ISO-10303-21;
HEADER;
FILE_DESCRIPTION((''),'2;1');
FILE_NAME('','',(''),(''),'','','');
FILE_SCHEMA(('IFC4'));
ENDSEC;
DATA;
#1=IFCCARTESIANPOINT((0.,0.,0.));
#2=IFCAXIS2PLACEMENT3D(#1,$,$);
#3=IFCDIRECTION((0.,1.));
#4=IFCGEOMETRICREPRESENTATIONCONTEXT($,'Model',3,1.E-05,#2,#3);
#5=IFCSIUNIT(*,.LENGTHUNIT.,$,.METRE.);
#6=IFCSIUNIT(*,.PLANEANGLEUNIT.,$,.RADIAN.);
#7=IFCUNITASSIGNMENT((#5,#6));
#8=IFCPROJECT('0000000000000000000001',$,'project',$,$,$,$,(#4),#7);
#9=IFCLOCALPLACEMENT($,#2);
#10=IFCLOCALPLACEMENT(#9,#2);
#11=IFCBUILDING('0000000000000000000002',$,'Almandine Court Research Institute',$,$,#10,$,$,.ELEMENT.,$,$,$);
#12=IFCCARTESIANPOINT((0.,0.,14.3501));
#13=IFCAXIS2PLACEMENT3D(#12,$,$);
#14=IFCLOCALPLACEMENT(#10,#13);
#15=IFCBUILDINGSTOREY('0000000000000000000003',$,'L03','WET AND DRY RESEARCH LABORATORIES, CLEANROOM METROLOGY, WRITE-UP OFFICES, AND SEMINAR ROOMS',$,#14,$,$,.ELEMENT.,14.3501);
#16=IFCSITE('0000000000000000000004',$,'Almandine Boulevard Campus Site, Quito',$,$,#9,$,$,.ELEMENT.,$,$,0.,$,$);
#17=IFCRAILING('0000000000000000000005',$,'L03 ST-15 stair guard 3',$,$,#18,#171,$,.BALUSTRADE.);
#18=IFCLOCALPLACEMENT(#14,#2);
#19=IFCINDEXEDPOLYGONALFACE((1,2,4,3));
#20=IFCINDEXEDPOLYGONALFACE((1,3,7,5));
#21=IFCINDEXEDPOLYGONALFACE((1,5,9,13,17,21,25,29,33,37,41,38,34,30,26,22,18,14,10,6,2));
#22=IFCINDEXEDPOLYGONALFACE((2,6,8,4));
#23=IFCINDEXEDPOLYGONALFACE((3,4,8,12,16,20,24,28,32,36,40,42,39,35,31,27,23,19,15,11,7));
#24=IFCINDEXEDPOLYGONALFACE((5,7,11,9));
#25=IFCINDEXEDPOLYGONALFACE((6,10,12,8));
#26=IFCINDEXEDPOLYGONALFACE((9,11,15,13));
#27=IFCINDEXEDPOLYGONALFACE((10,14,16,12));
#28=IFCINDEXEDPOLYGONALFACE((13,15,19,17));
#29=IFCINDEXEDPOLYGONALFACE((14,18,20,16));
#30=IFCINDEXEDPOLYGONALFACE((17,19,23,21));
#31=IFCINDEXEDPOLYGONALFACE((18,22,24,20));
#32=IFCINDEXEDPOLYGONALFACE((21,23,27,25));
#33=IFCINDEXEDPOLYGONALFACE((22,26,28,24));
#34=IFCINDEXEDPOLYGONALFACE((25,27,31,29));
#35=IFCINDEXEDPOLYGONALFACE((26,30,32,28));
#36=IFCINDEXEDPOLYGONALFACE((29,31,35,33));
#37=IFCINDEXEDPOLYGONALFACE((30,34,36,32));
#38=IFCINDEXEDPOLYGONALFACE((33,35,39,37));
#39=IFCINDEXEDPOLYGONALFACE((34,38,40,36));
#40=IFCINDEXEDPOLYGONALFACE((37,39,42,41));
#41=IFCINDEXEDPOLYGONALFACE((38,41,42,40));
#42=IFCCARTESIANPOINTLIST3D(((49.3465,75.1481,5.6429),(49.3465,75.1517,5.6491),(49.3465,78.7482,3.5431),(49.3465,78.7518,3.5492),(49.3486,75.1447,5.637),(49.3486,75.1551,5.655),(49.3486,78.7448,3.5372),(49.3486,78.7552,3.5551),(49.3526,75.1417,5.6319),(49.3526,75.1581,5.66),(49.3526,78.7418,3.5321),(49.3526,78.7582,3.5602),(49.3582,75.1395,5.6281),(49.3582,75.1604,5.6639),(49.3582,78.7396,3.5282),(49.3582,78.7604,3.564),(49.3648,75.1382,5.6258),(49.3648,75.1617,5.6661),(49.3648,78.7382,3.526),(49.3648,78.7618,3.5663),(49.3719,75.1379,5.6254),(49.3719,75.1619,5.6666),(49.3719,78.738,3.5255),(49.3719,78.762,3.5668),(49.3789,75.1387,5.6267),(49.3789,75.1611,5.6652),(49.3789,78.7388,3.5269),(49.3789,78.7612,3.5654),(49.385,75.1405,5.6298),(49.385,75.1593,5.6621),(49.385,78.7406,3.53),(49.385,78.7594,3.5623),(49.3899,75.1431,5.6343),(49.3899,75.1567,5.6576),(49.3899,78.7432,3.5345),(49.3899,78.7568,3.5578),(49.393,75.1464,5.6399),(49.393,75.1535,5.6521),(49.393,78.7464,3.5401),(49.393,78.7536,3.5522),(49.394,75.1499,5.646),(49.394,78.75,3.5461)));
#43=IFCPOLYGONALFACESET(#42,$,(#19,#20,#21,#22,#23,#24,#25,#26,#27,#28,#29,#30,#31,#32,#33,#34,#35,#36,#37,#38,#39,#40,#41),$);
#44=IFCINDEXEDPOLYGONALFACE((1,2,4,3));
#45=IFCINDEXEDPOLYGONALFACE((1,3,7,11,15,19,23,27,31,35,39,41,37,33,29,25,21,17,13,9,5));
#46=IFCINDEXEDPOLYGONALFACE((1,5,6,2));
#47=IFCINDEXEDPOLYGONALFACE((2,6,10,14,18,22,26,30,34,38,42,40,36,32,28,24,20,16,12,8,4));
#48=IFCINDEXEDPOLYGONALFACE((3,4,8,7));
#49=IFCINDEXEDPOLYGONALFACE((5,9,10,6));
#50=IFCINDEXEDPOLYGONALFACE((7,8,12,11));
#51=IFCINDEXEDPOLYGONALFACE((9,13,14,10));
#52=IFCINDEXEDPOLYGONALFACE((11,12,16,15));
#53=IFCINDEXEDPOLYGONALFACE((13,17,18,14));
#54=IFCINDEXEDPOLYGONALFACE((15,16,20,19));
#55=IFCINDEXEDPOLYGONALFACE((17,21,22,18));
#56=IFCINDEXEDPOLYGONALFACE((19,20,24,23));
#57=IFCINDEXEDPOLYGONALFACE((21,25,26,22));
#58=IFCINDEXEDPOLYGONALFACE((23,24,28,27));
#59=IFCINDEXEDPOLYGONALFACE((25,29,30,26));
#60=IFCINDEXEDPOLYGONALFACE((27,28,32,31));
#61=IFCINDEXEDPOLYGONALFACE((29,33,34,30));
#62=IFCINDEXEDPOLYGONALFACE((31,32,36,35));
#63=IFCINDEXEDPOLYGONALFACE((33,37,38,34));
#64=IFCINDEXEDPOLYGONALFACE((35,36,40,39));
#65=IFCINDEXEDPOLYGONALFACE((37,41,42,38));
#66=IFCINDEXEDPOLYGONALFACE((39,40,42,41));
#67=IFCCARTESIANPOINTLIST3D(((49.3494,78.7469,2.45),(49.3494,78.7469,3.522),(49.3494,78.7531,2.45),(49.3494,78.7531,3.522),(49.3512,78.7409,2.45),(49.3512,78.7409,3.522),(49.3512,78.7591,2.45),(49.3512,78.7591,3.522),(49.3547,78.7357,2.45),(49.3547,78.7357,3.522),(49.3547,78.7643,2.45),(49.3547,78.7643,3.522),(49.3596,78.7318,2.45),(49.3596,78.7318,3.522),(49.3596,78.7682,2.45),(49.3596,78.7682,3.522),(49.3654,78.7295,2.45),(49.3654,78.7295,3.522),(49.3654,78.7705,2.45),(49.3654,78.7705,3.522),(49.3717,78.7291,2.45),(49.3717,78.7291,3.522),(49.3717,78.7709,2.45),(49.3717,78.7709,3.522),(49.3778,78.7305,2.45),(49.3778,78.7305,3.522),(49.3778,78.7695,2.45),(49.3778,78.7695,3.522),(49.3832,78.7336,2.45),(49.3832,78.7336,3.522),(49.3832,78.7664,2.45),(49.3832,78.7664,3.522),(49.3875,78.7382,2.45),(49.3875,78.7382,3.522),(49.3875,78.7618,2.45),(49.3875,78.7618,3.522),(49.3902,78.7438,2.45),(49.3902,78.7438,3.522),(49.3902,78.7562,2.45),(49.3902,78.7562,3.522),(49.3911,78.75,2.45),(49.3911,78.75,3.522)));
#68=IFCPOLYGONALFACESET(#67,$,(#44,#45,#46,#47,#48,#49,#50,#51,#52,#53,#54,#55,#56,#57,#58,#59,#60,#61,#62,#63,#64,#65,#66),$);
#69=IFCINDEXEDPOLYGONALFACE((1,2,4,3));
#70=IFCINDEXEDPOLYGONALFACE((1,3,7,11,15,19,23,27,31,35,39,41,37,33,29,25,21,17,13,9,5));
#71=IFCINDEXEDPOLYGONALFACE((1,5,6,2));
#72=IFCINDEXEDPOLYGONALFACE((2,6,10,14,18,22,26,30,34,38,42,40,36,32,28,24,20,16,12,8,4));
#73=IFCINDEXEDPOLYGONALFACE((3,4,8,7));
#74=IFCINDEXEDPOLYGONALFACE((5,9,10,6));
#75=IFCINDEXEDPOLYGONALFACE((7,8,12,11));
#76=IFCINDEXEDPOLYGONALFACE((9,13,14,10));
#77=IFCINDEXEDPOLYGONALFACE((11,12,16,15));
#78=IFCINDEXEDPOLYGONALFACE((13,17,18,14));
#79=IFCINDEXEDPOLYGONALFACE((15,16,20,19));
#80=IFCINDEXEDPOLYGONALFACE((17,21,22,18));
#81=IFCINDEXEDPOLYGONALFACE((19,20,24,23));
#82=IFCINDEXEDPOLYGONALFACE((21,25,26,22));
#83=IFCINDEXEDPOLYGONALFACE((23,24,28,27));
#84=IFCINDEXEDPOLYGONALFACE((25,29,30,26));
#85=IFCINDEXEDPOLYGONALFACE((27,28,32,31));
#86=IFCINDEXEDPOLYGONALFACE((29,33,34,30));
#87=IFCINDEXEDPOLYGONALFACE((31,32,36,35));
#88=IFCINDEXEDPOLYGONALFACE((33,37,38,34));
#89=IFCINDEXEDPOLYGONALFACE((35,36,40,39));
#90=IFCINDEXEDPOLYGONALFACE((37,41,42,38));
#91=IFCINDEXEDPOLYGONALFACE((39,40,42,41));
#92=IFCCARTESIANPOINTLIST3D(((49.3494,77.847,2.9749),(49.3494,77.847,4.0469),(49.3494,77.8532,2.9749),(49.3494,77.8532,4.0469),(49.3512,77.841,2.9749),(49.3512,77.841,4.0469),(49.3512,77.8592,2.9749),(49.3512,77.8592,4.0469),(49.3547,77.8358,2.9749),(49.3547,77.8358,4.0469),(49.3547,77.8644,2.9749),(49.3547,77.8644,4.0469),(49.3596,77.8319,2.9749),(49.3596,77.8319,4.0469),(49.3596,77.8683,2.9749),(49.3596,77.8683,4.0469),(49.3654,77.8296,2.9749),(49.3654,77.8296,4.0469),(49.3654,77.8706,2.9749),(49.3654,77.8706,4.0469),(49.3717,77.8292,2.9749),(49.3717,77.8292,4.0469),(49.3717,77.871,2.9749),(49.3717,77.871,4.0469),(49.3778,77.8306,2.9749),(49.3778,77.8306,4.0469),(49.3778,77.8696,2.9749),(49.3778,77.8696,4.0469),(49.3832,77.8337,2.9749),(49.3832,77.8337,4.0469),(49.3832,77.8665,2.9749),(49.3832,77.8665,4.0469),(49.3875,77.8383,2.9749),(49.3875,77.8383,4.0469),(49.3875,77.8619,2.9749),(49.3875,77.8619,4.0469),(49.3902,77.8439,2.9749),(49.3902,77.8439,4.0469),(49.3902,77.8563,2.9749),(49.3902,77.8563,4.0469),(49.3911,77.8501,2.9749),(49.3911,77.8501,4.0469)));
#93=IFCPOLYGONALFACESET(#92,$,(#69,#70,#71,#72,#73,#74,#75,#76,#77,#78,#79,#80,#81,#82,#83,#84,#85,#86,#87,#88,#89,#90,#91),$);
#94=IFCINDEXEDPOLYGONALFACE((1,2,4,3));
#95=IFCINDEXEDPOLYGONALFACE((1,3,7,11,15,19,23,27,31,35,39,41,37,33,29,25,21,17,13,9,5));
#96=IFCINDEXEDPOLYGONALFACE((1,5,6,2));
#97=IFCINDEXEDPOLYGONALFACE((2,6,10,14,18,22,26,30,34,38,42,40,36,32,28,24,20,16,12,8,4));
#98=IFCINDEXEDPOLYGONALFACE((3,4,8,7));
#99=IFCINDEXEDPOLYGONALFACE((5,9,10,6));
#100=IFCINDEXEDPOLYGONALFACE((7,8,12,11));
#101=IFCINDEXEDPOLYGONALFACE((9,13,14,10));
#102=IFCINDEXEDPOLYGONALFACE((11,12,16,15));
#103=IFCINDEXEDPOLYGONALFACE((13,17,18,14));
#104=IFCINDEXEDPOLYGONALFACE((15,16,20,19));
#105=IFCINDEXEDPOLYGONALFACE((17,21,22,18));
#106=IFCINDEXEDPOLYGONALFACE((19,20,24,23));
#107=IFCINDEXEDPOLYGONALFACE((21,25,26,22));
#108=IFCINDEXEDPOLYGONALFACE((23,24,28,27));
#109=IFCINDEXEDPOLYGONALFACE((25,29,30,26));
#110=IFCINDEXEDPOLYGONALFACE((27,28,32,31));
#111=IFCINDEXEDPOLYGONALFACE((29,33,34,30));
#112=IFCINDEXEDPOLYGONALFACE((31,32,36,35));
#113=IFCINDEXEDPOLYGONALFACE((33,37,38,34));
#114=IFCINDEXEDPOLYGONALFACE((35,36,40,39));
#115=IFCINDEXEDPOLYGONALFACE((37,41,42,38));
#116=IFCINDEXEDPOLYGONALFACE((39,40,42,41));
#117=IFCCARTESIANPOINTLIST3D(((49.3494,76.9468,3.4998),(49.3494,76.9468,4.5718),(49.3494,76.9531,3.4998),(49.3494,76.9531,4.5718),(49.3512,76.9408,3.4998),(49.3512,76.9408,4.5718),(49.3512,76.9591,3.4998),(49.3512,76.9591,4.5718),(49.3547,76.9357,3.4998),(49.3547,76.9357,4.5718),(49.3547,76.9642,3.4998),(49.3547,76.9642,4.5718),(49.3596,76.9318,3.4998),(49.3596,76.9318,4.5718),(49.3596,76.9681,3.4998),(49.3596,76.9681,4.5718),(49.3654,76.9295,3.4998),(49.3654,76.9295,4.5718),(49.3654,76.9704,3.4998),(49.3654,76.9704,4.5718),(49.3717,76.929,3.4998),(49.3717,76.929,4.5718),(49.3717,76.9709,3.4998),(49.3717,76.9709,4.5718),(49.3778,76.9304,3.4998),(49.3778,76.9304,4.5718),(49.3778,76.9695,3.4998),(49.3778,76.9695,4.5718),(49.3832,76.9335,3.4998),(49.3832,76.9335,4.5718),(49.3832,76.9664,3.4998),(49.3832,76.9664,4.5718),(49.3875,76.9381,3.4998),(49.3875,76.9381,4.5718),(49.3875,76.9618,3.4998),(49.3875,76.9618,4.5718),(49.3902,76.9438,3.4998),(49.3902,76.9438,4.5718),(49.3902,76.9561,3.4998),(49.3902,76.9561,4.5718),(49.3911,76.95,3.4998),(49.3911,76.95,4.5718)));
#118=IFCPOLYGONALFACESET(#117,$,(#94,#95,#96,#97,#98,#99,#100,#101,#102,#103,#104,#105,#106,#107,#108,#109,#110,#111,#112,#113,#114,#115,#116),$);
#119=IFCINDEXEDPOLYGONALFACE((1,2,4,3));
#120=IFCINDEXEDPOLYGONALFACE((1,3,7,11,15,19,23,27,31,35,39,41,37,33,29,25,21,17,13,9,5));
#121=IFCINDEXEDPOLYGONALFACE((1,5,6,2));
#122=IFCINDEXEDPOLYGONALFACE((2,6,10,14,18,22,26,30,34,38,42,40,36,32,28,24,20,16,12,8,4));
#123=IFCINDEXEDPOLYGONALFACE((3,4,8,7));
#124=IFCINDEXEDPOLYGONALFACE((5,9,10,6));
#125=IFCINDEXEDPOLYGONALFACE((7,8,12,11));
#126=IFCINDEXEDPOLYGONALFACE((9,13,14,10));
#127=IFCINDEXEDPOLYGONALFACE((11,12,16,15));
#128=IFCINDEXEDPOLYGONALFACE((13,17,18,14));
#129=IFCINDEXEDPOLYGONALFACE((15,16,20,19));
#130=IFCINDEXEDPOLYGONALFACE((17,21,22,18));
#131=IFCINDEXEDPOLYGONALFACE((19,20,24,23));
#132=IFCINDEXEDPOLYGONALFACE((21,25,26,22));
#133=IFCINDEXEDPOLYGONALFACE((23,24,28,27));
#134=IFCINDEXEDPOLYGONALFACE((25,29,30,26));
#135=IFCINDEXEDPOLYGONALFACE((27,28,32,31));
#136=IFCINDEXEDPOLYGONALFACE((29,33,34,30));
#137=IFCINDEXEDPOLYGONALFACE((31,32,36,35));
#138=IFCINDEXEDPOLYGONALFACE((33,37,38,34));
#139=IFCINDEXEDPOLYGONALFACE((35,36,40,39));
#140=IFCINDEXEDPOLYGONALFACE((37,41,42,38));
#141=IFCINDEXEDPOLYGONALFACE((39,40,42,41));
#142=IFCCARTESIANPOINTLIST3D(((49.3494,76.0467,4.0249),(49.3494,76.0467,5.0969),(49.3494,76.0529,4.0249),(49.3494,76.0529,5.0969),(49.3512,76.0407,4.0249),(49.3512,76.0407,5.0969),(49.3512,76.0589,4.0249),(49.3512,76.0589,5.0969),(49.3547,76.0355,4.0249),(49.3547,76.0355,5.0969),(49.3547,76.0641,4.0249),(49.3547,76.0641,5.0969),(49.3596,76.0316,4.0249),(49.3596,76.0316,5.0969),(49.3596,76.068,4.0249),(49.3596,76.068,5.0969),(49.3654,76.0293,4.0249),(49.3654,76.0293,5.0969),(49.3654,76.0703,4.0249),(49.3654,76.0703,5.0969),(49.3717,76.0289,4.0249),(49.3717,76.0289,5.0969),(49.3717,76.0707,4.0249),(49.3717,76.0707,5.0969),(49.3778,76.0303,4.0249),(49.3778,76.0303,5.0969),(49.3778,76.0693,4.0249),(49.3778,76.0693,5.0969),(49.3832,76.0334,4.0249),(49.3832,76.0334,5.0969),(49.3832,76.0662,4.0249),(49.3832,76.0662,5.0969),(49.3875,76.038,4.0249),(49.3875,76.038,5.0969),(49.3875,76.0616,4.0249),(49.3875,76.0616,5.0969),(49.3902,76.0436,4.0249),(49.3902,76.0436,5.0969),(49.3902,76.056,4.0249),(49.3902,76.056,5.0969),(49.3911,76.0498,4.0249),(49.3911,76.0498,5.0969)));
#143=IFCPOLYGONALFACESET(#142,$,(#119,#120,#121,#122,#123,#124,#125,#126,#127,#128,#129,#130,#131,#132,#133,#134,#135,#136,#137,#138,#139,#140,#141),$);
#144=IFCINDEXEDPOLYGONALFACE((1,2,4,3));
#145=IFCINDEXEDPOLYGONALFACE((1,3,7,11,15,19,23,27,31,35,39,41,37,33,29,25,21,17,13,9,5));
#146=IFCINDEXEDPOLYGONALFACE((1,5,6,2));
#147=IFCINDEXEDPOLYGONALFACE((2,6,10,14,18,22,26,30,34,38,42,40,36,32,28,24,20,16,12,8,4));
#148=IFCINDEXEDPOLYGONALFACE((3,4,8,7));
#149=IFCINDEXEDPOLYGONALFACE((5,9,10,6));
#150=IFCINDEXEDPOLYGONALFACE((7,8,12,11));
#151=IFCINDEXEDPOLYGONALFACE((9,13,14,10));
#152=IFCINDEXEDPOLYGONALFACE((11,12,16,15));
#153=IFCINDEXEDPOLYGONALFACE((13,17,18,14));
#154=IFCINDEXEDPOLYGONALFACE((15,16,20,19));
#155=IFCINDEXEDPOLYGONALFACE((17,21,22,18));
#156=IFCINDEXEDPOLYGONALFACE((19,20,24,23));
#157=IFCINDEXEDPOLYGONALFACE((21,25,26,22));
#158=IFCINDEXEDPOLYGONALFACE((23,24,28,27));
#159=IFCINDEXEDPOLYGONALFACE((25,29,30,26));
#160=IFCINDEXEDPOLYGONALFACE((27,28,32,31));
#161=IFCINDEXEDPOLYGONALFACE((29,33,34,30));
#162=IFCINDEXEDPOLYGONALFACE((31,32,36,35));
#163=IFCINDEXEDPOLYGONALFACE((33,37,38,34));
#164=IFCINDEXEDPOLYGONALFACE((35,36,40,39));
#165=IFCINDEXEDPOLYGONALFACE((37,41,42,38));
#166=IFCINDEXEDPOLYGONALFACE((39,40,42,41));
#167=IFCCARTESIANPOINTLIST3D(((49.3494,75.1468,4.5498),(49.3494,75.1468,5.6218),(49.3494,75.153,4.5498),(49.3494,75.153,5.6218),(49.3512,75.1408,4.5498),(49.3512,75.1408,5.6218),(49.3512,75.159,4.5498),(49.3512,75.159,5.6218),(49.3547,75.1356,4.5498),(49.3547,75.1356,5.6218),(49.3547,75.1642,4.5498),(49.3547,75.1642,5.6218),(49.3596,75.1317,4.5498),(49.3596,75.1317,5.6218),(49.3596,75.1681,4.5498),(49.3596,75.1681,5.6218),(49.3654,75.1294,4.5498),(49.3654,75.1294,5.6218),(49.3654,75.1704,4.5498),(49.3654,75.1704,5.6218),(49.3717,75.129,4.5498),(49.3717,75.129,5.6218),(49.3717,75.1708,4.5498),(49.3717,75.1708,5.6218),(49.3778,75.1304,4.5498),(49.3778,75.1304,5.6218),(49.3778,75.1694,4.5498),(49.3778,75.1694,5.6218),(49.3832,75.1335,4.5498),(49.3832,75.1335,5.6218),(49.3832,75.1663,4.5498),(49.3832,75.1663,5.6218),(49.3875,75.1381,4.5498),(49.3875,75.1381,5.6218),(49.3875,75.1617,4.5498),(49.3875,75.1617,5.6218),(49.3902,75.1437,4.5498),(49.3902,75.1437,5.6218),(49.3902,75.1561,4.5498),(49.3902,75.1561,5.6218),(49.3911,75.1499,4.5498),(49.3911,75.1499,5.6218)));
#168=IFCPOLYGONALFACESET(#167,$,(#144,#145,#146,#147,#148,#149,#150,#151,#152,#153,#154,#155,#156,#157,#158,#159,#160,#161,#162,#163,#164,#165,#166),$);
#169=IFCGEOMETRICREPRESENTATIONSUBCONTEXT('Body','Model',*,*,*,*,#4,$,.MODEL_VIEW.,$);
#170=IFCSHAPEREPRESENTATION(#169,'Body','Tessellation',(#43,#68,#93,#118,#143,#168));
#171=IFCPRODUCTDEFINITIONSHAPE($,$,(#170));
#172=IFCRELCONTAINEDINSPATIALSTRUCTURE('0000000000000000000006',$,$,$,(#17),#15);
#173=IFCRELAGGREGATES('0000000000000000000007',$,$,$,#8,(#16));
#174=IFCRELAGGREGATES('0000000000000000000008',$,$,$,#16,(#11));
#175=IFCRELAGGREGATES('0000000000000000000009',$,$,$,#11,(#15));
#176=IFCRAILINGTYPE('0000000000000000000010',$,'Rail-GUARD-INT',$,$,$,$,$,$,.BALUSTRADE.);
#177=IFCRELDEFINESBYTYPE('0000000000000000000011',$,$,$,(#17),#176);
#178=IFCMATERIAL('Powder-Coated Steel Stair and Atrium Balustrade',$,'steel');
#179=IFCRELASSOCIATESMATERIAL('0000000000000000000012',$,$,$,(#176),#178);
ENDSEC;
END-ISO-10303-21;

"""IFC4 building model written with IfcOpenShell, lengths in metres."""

from ifc_helpers import new_model, si_unit, direction, frame, origin, origin_2d, place, context, subcontext, project, spatial, circle, extrude, material, type_object, element, save


model = new_model("IFC4")

# Units and contexts
model_context = context("Model", 3, precision=1e-05, world=origin(), true_north=direction((0.0, 1.0)))
body_context = subcontext(model_context, "Body", "Model", "MODEL_VIEW")
ifc_project = project(units=[si_unit("LENGTHUNIT", "METRE"), si_unit("PLANEANGLEUNIT", "RADIAN")], contexts=[model_context])

# Site, building, storey
site_placement = place(None, origin())
site = spatial("IfcSite", under=ifc_project, at=site_placement, Name="Almandine Boulevard Campus Site, Quito", CompositionType="ELEMENT", RefElevation=0.0)
building_placement = place(site_placement, origin())
building = spatial("IfcBuilding", under=site, at=building_placement, Name="Almandine Court Research Institute", CompositionType="ELEMENT")
storey_placement = place(building_placement, frame((0.0, 0.0, 14.3501)))
storey = spatial("IfcBuildingStorey", under=building, at=storey_placement, Name="L03", Description="WET AND DRY RESEARCH LABORATORIES, CLEANROOM METROLOGY, WRITE-UP OFFICES, AND SEMINAR ROOMS", CompositionType="ELEMENT", Elevation=14.3501)

# Railing
ifc_material_1 = material(Name="Powder-Coated Steel Stair and Atrium Balustrade", Category="steel")
railing_type_1 = type_object("IfcRailingType", Name="Rail-GUARD-INT", PredefinedType="BALUSTRADE", material=ifc_material_1)
railing_1_placement = place(storey_placement, frame((49.3701, 78.75, 2.45)))
element("IfcRailing", 1, at=railing_1_placement, inside=storey, type_object=railing_type_1, Name="L03 ST-15 stair guard 3", PredefinedType="BALUSTRADE", context=body_context, shape_type="SweptSolid", body=[
    extrude(circle(Radius=0.0239, at=origin_2d()), frame((0.0, 0.0, 1.0962), z_axis=(0.0, -0.8638, 0.503835), x_axis=(1.0, 0.0, 0.0)), (0.0, 0.0, 1.0), 4.1677),
    extrude(circle(Radius=0.021, at=origin_2d()), origin(), (0.0, 0.0, 1.0), 1.072),
    extrude(circle(Radius=0.021, at=origin_2d()), frame((0.0, -0.8999, 0.5249)), (0.0, 0.0, 1.0), 1.072),
    extrude(circle(Radius=0.021, at=origin_2d()), frame((0.0, -1.8, 1.0498)), (0.0, 0.0, 1.0), 1.072),
    extrude(circle(Radius=0.021, at=origin_2d()), frame((0.0, -2.7002, 1.575)), (0.0, 0.0, 1.0), 1.072),
    extrude(circle(Radius=0.021, at=origin_2d()), frame((0.0, -3.6001, 2.0999)), (0.0, 0.0, 1.0), 1.072),
])

save(model, "model.ifc")
